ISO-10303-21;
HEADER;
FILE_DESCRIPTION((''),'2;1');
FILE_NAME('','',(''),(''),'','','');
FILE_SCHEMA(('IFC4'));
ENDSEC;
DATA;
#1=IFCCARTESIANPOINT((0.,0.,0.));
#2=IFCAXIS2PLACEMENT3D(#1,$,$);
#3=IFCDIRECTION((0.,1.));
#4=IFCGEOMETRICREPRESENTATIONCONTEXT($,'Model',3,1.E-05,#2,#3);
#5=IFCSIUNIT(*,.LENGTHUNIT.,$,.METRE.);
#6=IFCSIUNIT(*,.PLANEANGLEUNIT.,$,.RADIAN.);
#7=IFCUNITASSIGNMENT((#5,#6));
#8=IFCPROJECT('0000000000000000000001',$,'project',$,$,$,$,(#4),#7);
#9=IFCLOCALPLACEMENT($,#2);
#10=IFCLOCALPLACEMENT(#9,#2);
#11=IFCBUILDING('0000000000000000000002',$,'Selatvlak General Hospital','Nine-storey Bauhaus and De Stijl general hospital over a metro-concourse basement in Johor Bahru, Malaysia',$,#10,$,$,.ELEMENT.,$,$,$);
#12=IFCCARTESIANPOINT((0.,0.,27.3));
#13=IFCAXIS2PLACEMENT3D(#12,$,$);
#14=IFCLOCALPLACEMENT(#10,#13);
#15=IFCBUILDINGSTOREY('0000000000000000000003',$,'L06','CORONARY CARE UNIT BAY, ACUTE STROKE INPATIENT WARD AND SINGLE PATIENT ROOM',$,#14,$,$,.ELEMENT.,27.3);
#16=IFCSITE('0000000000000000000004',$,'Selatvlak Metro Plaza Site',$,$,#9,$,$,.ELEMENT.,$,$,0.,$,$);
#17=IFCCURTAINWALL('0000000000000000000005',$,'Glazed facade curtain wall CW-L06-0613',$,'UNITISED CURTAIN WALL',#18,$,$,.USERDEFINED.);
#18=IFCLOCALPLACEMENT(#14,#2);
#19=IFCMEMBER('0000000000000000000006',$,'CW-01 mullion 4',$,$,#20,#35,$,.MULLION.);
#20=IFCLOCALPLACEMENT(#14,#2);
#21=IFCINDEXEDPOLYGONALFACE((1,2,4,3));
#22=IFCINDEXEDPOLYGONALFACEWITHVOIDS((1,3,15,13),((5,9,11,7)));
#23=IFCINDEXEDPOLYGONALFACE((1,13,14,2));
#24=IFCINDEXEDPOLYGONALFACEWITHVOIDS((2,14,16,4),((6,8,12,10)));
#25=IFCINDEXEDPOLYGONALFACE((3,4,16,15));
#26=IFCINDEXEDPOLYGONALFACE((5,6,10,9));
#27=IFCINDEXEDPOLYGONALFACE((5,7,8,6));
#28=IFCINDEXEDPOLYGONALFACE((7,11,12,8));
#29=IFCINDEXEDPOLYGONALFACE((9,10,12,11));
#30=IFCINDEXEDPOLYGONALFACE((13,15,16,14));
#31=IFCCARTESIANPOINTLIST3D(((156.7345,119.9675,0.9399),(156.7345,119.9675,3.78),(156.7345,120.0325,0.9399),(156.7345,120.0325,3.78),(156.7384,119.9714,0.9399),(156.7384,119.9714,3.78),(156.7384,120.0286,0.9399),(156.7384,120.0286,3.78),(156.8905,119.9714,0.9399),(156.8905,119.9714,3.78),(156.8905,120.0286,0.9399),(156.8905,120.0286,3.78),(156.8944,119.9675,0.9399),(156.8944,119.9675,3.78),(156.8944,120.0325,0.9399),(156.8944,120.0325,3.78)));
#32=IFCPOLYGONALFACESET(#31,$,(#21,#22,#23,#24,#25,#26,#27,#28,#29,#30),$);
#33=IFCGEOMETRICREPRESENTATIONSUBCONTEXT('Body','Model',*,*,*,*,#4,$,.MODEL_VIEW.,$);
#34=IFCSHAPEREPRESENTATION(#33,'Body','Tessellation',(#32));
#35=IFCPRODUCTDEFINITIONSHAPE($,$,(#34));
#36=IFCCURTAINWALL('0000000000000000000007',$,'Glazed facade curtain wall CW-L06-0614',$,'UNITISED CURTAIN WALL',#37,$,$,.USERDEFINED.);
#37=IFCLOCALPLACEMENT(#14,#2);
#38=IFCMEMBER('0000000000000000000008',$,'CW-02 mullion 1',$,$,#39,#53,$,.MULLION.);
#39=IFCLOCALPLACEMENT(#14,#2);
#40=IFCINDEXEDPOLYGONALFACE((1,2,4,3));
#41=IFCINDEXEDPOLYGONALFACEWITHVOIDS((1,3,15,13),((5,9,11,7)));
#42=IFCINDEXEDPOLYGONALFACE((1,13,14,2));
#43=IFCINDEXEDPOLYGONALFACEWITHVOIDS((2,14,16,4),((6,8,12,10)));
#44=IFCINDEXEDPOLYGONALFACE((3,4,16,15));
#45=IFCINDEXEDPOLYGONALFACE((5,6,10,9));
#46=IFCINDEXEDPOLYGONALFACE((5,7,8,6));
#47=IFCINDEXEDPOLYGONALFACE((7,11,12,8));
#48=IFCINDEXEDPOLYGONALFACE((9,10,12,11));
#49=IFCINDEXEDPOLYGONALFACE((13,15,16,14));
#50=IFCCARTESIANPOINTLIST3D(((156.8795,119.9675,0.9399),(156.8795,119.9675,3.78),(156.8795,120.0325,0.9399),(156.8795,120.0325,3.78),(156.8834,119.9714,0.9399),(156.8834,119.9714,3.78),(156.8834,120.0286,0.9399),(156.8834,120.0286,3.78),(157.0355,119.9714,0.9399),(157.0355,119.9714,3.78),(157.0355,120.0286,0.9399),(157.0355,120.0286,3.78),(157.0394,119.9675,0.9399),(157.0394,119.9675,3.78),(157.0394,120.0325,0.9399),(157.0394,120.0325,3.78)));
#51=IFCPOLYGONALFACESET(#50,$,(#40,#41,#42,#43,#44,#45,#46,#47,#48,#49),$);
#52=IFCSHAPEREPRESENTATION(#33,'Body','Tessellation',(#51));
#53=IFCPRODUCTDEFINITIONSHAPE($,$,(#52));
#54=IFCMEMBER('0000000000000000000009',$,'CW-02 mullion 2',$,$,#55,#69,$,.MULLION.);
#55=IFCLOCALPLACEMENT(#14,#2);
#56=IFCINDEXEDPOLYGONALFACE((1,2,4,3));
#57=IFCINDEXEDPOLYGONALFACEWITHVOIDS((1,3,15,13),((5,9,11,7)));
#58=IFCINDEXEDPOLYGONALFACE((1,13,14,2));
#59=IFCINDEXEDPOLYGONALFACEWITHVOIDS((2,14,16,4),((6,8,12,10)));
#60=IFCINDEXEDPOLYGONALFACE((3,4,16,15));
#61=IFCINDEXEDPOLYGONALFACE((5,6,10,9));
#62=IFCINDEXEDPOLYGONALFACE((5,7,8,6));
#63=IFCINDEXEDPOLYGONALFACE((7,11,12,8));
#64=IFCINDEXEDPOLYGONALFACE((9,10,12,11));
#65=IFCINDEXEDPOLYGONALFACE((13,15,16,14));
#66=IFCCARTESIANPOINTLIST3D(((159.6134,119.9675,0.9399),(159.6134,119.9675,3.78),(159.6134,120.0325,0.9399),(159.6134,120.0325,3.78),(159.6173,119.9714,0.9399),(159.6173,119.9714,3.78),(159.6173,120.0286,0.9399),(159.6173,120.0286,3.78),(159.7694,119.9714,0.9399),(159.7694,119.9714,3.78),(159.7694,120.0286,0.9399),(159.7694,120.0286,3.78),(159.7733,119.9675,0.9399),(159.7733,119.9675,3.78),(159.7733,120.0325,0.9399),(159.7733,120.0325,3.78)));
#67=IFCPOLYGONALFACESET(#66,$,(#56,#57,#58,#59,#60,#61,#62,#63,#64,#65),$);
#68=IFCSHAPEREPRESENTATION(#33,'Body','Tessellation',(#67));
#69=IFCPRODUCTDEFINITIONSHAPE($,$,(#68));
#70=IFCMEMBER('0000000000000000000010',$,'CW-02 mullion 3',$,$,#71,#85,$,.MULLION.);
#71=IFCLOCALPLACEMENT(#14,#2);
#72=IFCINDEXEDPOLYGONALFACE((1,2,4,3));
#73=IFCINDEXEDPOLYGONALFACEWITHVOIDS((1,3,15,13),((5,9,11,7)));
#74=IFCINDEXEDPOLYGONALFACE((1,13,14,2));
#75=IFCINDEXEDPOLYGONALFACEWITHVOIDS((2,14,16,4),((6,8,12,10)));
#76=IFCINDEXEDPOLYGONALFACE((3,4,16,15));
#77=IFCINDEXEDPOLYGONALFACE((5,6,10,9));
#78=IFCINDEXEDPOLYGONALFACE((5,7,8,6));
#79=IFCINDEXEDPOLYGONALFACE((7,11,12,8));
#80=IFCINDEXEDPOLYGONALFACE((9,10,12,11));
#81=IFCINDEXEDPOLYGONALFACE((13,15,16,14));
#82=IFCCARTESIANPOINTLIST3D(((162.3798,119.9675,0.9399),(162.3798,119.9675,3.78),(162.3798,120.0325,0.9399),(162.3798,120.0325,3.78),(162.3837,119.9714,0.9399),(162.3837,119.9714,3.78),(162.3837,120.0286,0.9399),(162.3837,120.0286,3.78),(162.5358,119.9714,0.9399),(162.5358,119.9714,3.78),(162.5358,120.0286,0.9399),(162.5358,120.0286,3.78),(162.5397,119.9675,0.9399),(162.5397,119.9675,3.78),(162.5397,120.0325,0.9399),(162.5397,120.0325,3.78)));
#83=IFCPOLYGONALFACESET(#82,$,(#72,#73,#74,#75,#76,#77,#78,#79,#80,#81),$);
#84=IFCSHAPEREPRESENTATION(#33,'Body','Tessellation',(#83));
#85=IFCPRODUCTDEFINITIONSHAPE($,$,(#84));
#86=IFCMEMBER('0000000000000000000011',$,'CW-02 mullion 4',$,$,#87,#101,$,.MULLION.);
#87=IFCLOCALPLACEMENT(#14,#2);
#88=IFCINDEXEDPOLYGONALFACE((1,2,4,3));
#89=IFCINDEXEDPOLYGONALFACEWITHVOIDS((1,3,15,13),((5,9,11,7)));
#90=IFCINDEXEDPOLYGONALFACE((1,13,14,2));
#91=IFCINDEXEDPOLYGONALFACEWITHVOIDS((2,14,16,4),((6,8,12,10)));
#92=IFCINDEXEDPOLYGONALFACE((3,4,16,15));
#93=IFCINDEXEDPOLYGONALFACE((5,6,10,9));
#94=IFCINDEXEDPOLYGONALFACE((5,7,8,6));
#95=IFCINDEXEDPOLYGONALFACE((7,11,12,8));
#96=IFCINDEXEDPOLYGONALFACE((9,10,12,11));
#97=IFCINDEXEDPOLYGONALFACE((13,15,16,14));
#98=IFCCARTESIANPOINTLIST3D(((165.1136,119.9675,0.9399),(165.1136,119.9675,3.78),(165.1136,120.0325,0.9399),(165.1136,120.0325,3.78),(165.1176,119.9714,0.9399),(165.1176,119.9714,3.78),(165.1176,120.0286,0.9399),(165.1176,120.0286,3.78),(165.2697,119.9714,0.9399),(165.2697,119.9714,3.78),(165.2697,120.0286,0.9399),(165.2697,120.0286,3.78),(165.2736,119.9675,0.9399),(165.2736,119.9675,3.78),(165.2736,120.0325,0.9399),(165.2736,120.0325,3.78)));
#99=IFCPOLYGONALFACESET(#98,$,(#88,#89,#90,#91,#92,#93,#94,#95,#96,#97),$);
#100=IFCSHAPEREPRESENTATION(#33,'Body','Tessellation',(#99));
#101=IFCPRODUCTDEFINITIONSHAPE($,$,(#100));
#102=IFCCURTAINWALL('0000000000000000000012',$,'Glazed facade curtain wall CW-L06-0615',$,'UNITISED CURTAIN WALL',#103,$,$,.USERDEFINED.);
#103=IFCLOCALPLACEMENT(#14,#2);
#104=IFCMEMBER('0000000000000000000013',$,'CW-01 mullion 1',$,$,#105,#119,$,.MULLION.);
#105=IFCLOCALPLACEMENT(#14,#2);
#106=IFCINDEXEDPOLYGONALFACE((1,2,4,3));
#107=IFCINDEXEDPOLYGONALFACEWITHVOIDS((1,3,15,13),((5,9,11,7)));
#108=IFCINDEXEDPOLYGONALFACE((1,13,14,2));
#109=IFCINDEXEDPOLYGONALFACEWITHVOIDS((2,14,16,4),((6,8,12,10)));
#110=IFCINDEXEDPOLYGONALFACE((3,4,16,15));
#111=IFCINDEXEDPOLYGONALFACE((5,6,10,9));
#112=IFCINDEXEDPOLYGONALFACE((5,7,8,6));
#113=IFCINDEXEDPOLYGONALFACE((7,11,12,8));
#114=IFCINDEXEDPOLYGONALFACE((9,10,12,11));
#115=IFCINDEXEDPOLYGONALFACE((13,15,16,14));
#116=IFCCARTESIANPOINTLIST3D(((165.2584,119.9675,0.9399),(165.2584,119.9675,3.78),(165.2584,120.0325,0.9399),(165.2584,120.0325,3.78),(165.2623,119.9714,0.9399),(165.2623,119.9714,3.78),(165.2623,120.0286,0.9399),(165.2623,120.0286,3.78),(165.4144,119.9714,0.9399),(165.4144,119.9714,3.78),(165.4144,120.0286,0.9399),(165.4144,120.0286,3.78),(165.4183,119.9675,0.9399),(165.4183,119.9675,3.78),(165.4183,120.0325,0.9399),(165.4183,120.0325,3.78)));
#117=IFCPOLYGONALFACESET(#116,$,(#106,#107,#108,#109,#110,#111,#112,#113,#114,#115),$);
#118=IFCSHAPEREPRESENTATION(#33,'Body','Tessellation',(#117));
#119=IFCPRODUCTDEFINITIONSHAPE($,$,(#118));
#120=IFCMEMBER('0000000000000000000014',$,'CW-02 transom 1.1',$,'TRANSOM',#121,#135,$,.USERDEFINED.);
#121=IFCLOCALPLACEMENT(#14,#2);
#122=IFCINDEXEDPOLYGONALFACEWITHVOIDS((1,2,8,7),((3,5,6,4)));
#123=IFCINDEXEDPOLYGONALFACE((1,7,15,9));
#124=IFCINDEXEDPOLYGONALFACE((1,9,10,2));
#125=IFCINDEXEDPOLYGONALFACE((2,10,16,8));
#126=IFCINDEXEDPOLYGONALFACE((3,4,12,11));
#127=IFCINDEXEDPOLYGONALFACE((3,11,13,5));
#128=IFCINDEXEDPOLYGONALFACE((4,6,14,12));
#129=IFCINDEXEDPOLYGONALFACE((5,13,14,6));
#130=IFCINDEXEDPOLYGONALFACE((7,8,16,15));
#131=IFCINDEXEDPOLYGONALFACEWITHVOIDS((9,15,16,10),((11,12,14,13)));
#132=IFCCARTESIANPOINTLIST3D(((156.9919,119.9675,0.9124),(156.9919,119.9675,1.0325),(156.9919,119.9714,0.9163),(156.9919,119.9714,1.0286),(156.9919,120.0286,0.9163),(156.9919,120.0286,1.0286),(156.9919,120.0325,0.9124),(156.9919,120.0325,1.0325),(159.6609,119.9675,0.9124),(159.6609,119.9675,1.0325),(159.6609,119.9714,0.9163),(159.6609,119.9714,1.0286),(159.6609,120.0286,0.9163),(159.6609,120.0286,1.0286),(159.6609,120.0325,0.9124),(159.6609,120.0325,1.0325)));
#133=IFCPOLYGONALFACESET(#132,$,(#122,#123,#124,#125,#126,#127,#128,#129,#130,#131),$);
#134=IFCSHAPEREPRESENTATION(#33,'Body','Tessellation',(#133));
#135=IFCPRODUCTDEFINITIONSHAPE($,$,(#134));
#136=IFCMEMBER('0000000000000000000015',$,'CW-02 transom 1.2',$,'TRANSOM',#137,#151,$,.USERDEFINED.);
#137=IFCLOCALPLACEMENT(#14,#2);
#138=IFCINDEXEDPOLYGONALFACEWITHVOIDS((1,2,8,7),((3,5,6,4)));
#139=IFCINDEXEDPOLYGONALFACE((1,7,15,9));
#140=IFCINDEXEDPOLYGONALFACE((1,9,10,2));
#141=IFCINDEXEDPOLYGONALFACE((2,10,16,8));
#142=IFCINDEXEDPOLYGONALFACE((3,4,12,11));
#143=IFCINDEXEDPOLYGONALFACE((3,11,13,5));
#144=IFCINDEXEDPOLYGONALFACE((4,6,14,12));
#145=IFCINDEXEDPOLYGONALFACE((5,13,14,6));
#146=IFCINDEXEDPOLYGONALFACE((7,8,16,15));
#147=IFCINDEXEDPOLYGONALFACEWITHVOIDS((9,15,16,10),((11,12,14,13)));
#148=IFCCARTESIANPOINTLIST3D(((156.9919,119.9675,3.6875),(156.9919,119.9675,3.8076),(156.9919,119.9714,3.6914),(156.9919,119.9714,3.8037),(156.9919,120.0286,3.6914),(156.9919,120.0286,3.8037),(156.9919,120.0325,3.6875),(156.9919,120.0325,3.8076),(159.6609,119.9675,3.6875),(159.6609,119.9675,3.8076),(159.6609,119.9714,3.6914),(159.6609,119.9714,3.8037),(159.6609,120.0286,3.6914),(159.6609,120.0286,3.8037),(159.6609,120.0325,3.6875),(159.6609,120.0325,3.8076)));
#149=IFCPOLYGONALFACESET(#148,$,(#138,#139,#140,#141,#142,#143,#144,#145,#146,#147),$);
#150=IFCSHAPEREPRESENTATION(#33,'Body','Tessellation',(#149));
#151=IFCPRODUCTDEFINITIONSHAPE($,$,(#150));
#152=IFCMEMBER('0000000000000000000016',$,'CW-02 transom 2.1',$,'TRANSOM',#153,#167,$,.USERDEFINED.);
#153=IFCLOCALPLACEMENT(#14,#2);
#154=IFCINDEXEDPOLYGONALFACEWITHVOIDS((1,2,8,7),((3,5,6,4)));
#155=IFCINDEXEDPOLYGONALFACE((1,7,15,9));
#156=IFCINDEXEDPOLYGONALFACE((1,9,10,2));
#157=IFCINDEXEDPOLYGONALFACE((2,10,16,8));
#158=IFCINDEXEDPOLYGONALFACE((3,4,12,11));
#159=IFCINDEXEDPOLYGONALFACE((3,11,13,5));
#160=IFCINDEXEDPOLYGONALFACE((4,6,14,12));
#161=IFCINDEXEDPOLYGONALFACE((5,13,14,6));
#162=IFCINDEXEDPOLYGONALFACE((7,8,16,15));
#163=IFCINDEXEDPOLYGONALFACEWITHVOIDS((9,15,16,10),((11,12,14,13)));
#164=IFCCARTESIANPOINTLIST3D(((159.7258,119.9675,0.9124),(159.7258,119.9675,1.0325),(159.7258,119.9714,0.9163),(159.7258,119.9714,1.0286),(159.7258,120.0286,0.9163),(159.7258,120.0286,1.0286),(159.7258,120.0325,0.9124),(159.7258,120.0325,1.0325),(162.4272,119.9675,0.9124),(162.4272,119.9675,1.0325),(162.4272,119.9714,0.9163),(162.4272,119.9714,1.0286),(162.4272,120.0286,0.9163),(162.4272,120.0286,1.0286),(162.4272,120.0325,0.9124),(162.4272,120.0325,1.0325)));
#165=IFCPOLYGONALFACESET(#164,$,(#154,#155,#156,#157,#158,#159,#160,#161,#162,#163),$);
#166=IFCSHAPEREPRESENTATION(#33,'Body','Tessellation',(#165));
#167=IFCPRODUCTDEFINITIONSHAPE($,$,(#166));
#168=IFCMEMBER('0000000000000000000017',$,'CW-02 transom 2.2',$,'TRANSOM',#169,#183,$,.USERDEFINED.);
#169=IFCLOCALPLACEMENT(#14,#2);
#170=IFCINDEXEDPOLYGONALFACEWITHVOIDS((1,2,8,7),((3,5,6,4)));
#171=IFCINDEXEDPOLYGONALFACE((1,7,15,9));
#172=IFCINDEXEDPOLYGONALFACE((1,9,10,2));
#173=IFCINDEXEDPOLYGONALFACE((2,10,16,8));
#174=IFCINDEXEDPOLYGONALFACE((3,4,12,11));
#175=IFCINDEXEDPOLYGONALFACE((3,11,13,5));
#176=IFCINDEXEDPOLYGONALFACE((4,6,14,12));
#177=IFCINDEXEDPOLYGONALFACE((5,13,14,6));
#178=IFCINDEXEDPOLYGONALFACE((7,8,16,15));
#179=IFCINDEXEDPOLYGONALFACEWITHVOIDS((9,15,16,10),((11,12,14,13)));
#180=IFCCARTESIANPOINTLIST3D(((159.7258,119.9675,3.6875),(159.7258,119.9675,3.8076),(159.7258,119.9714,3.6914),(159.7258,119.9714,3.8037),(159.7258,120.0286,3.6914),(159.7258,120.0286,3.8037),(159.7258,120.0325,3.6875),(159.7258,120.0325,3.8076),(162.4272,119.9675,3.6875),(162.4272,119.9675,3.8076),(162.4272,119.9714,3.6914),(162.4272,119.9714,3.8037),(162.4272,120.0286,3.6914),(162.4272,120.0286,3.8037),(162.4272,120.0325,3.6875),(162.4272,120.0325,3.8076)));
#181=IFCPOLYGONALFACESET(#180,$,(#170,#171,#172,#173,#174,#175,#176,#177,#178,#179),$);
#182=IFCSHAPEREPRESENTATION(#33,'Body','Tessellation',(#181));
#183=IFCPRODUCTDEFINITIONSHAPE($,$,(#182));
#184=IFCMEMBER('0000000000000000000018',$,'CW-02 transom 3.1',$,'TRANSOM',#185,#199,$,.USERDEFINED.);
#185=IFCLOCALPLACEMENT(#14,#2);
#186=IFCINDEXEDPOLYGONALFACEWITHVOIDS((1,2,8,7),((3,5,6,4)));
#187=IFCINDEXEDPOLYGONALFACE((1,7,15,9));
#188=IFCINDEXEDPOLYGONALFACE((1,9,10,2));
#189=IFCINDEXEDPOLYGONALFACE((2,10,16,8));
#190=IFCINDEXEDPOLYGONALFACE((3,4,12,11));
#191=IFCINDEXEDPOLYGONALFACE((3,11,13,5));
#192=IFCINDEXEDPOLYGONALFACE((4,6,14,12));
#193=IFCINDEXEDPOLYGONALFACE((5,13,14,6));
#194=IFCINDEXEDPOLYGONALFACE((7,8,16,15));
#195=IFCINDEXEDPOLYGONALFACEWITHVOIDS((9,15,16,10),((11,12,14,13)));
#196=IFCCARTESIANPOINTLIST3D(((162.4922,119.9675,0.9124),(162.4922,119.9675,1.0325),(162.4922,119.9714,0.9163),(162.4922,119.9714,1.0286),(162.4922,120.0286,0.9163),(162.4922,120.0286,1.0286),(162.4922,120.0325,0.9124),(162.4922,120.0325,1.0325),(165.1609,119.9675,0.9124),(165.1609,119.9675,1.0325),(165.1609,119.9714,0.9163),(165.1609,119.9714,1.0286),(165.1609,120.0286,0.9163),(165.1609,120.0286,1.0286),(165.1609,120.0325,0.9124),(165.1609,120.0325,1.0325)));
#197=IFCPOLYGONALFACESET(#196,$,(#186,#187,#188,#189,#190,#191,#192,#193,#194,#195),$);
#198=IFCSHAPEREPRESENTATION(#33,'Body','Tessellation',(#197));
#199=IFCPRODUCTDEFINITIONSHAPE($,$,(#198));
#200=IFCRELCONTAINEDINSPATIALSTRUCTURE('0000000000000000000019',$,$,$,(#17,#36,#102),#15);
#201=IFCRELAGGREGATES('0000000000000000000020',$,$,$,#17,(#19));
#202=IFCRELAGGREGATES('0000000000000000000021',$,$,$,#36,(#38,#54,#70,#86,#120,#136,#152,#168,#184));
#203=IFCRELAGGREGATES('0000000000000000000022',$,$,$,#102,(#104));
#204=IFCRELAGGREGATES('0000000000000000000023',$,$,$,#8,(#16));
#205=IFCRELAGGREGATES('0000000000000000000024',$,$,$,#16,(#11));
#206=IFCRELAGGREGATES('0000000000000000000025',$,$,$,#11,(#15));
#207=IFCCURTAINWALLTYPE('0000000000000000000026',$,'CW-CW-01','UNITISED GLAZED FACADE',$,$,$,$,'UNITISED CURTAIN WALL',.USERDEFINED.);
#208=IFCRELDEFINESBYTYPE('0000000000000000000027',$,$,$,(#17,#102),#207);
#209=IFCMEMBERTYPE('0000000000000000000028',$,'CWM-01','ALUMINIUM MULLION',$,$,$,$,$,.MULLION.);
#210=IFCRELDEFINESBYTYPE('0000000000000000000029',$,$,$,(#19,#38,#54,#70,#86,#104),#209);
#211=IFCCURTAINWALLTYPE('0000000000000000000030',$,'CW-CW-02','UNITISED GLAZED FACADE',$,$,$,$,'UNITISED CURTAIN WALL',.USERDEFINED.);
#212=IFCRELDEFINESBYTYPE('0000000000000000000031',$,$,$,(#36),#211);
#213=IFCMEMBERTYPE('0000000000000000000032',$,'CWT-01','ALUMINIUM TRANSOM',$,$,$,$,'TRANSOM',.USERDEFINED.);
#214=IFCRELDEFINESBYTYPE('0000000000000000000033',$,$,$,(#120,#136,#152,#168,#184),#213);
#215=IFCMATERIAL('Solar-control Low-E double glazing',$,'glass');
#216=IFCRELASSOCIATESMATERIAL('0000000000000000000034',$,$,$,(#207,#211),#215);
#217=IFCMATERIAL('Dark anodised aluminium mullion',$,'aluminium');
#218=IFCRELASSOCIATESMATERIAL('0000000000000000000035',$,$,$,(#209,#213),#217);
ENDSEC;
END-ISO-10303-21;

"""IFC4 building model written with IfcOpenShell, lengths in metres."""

from ifc_helpers import new_model, si_unit, direction, frame, origin, origin_2d, place, context, subcontext, project, spatial, hollow_rectangle, extrude, material, material_profile, profile_set, type_object, element, aggregate, save


model = new_model("IFC4")

# Units and contexts
model_context = context("Model", 3, precision=1e-05, world=origin(), true_north=direction((0.0, 1.0)))
body_context = subcontext(model_context, "Body", "Model", "MODEL_VIEW")
ifc_project = project(units=[si_unit("LENGTHUNIT", "METRE"), si_unit("PLANEANGLEUNIT", "RADIAN")], contexts=[model_context])

# Site, building, storey
site_placement = place(None, origin())
site = spatial("IfcSite", under=ifc_project, at=site_placement, Name="Selatvlak Metro Plaza Site", CompositionType="ELEMENT", RefElevation=0.0)
building_placement = place(site_placement, origin())
building = spatial("IfcBuilding", under=site, at=building_placement, Name="Selatvlak General Hospital", Description="Nine-storey Bauhaus and De Stijl general hospital over a metro-concourse basement in Johor Bahru, Malaysia", CompositionType="ELEMENT")
storey_placement = place(building_placement, frame((0.0, 0.0, 27.3)))
storey = spatial("IfcBuildingStorey", under=building, at=storey_placement, Name="L06", Description="CORONARY CARE UNIT BAY, ACUTE STROKE INPATIENT WARD AND SINGLE PATIENT ROOM", CompositionType="ELEMENT", Elevation=27.3)

# Curtain wall, member
ifc_material_1 = material(Name="Solar-control Low-E double glazing", Category="glass")
curtain_wall_type_1 = type_object("IfcCurtainWallType", Name="CW-CW-01", Description="UNITISED GLAZED FACADE", ElementType="UNITISED CURTAIN WALL", PredefinedType="USERDEFINED", material=ifc_material_1)
curtain_wall_1_placement = place(storey_placement, origin())
curtain_wall_1 = element("IfcCurtainWall", 1, at=curtain_wall_1_placement, inside=storey, type_object=curtain_wall_type_1, Name="Glazed facade curtain wall CW-L06-0613", ObjectType="UNITISED CURTAIN WALL", PredefinedType="USERDEFINED")
ifc_material_2 = material(Name="Dark anodised aluminium mullion", Category="aluminium")
ifc_material_profile_1 = material_profile(ifc_material_2, hollow_rectangle(XDim=0.0649, YDim=0.1599, WallThickness=0.0039, at=origin_2d()), Name="AL-MUL 65x160x4")
ifc_profile_set_1 = profile_set([ifc_material_profile_1], Name="Dark anodised aluminium mullion")
member_type_1 = type_object("IfcMemberType", Name="CWM-01", Description="ALUMINIUM MULLION", PredefinedType="MULLION", material=ifc_profile_set_1)
member_1_placement = place(storey_placement, frame((156.8145, 120.0, 0.9399), z_axis=(0.0, 0.0, 1.0), x_axis=(0.0, 1.0, 0.0)))
member_1 = element("IfcMember", 2, at=member_1_placement, type_object=member_type_1, Name="CW-01 mullion 4", PredefinedType="MULLION", context=body_context, shape_type="SweptSolid", body=[
    extrude(hollow_rectangle(XDim=0.0649, YDim=0.1599, WallThickness=0.0039, at=origin_2d()), origin(), (0.0, 0.0, 1.0), 2.8401),
])

# Curtain wall, members
curtain_wall_type_2 = type_object("IfcCurtainWallType", Name="CW-CW-02", Description="UNITISED GLAZED FACADE", ElementType="UNITISED CURTAIN WALL", PredefinedType="USERDEFINED", material=ifc_material_1)
curtain_wall_2_placement = place(storey_placement, origin())
curtain_wall_2 = element("IfcCurtainWall", 3, at=curtain_wall_2_placement, inside=storey, type_object=curtain_wall_type_2, Name="Glazed facade curtain wall CW-L06-0614", ObjectType="UNITISED CURTAIN WALL", PredefinedType="USERDEFINED")
member_2_placement = place(storey_placement, frame((156.9595, 120.0, 0.9399), z_axis=(0.0, 0.0, 1.0), x_axis=(0.0, 1.0, 0.0)))
member_2 = element("IfcMember", 4, at=member_2_placement, type_object=member_type_1, Name="CW-02 mullion 1", PredefinedType="MULLION", context=body_context, shape_type="SweptSolid", body=[
    extrude(hollow_rectangle(XDim=0.0649, YDim=0.1599, WallThickness=0.0039, at=origin_2d()), origin(), (0.0, 0.0, 1.0), 2.8401),
])
member_3_placement = place(storey_placement, frame((159.6934, 120.0, 0.9399), z_axis=(0.0, 0.0, 1.0), x_axis=(0.0, 1.0, 0.0)))
member_3 = element("IfcMember", 5, at=member_3_placement, type_object=member_type_1, Name="CW-02 mullion 2", PredefinedType="MULLION", context=body_context, shape_type="SweptSolid", body=[
    extrude(hollow_rectangle(XDim=0.0649, YDim=0.1599, WallThickness=0.0039, at=origin_2d()), origin(), (0.0, 0.0, 1.0), 2.8401),
])
member_4_placement = place(storey_placement, frame((162.4597, 120.0, 0.9399), z_axis=(0.0, 0.0, 1.0), x_axis=(0.0, 1.0, 0.0)))
member_4 = element("IfcMember", 6, at=member_4_placement, type_object=member_type_1, Name="CW-02 mullion 3", PredefinedType="MULLION", context=body_context, shape_type="SweptSolid", body=[
    extrude(hollow_rectangle(XDim=0.0649, YDim=0.1599, WallThickness=0.0039, at=origin_2d()), origin(), (0.0, 0.0, 1.0), 2.8401),
])
member_5_placement = place(storey_placement, frame((165.1936, 120.0, 0.9399), z_axis=(0.0, 0.0, 1.0), x_axis=(0.0, 1.0, 0.0)))
member_5 = element("IfcMember", 7, at=member_5_placement, type_object=member_type_1, Name="CW-02 mullion 4", PredefinedType="MULLION", context=body_context, shape_type="SweptSolid", body=[
    extrude(hollow_rectangle(XDim=0.0649, YDim=0.1599, WallThickness=0.0039, at=origin_2d()), origin(), (0.0, 0.0, 1.0), 2.8401),
])

# Curtain wall, member
curtain_wall_3_placement = place(storey_placement, origin())
curtain_wall_3 = element("IfcCurtainWall", 8, at=curtain_wall_3_placement, inside=storey, type_object=curtain_wall_type_1, Name="Glazed facade curtain wall CW-L06-0615", ObjectType="UNITISED CURTAIN WALL", PredefinedType="USERDEFINED")
member_6_placement = place(storey_placement, frame((165.3384, 120.0, 0.9399), z_axis=(0.0, 0.0, 1.0), x_axis=(0.0, 1.0, 0.0)))
member_6 = element("IfcMember", 9, at=member_6_placement, type_object=member_type_1, Name="CW-01 mullion 1", PredefinedType="MULLION", context=body_context, shape_type="SweptSolid", body=[
    extrude(hollow_rectangle(XDim=0.0649, YDim=0.1599, WallThickness=0.0039, at=origin_2d()), origin(), (0.0, 0.0, 1.0), 2.8401),
])

# Members
ifc_material_profile_2 = material_profile(ifc_material_2, hollow_rectangle(XDim=0.0649, YDim=0.1201, WallThickness=0.0039, at=origin_2d()), Name="AL-TRN 65x120x4")
ifc_profile_set_2 = profile_set([ifc_material_profile_2], Name="Dark anodised aluminium mullion")
member_type_2 = type_object("IfcMemberType", Name="CWT-01", Description="ALUMINIUM TRANSOM", ElementType="TRANSOM", PredefinedType="USERDEFINED", material=ifc_profile_set_2)
member_7_placement = place(storey_placement, frame((156.9919, 120.0, 0.9724), z_axis=(1.0, 0.0, 0.0), x_axis=(0.0, 1.0, 0.0)))
member_7 = element("IfcMember", 10, at=member_7_placement, type_object=member_type_2, Name="CW-02 transom 1.1", ObjectType="TRANSOM", PredefinedType="USERDEFINED", context=body_context, shape_type="SweptSolid", body=[
    extrude(hollow_rectangle(XDim=0.0649, YDim=0.1201, WallThickness=0.0039, at=origin_2d()), origin(), (0.0, 0.0, 1.0), 2.6689),
])
member_8_placement = place(storey_placement, frame((156.9919, 120.0, 3.7476), z_axis=(1.0, 0.0, 0.0), x_axis=(0.0, 1.0, 0.0)))
member_8 = element("IfcMember", 11, at=member_8_placement, type_object=member_type_2, Name="CW-02 transom 1.2", ObjectType="TRANSOM", PredefinedType="USERDEFINED", context=body_context, shape_type="SweptSolid", body=[
    extrude(hollow_rectangle(XDim=0.0649, YDim=0.1201, WallThickness=0.0039, at=origin_2d()), origin(), (0.0, 0.0, 1.0), 2.6689),
])
member_9_placement = place(storey_placement, frame((159.7258, 120.0, 0.9724), z_axis=(1.0, 0.0, 0.0), x_axis=(0.0, 1.0, 0.0)))
member_9 = element("IfcMember", 12, at=member_9_placement, type_object=member_type_2, Name="CW-02 transom 2.1", ObjectType="TRANSOM", PredefinedType="USERDEFINED", context=body_context, shape_type="SweptSolid", body=[
    extrude(hollow_rectangle(XDim=0.0649, YDim=0.1201, WallThickness=0.0039, at=origin_2d()), origin(), (0.0, 0.0, 1.0), 2.7014),
])
member_10_placement = place(storey_placement, frame((159.7258, 120.0, 3.7476), z_axis=(1.0, 0.0, 0.0), x_axis=(0.0, 1.0, 0.0)))
member_10 = element("IfcMember", 13, at=member_10_placement, type_object=member_type_2, Name="CW-02 transom 2.2", ObjectType="TRANSOM", PredefinedType="USERDEFINED", context=body_context, shape_type="SweptSolid", body=[
    extrude(hollow_rectangle(XDim=0.0649, YDim=0.1201, WallThickness=0.0039, at=origin_2d()), origin(), (0.0, 0.0, 1.0), 2.7014),
])
member_11_placement = place(storey_placement, frame((162.4922, 120.0, 0.9724), z_axis=(1.0, 0.0, 0.0), x_axis=(0.0, 1.0, 0.0)))
member_11 = element("IfcMember", 14, at=member_11_placement, type_object=member_type_2, Name="CW-02 transom 3.1", ObjectType="TRANSOM", PredefinedType="USERDEFINED", context=body_context, shape_type="SweptSolid", body=[
    extrude(hollow_rectangle(XDim=0.0649, YDim=0.1201, WallThickness=0.0039, at=origin_2d()), origin(), (0.0, 0.0, 1.0), 2.6687),
])

aggregate(curtain_wall_1, [member_1])
aggregate(curtain_wall_2, [member_2, member_3, member_4, member_5, member_7, member_8, member_9, member_10, member_11])
aggregate(curtain_wall_3, [member_6])

save(model, "model.ifc")
